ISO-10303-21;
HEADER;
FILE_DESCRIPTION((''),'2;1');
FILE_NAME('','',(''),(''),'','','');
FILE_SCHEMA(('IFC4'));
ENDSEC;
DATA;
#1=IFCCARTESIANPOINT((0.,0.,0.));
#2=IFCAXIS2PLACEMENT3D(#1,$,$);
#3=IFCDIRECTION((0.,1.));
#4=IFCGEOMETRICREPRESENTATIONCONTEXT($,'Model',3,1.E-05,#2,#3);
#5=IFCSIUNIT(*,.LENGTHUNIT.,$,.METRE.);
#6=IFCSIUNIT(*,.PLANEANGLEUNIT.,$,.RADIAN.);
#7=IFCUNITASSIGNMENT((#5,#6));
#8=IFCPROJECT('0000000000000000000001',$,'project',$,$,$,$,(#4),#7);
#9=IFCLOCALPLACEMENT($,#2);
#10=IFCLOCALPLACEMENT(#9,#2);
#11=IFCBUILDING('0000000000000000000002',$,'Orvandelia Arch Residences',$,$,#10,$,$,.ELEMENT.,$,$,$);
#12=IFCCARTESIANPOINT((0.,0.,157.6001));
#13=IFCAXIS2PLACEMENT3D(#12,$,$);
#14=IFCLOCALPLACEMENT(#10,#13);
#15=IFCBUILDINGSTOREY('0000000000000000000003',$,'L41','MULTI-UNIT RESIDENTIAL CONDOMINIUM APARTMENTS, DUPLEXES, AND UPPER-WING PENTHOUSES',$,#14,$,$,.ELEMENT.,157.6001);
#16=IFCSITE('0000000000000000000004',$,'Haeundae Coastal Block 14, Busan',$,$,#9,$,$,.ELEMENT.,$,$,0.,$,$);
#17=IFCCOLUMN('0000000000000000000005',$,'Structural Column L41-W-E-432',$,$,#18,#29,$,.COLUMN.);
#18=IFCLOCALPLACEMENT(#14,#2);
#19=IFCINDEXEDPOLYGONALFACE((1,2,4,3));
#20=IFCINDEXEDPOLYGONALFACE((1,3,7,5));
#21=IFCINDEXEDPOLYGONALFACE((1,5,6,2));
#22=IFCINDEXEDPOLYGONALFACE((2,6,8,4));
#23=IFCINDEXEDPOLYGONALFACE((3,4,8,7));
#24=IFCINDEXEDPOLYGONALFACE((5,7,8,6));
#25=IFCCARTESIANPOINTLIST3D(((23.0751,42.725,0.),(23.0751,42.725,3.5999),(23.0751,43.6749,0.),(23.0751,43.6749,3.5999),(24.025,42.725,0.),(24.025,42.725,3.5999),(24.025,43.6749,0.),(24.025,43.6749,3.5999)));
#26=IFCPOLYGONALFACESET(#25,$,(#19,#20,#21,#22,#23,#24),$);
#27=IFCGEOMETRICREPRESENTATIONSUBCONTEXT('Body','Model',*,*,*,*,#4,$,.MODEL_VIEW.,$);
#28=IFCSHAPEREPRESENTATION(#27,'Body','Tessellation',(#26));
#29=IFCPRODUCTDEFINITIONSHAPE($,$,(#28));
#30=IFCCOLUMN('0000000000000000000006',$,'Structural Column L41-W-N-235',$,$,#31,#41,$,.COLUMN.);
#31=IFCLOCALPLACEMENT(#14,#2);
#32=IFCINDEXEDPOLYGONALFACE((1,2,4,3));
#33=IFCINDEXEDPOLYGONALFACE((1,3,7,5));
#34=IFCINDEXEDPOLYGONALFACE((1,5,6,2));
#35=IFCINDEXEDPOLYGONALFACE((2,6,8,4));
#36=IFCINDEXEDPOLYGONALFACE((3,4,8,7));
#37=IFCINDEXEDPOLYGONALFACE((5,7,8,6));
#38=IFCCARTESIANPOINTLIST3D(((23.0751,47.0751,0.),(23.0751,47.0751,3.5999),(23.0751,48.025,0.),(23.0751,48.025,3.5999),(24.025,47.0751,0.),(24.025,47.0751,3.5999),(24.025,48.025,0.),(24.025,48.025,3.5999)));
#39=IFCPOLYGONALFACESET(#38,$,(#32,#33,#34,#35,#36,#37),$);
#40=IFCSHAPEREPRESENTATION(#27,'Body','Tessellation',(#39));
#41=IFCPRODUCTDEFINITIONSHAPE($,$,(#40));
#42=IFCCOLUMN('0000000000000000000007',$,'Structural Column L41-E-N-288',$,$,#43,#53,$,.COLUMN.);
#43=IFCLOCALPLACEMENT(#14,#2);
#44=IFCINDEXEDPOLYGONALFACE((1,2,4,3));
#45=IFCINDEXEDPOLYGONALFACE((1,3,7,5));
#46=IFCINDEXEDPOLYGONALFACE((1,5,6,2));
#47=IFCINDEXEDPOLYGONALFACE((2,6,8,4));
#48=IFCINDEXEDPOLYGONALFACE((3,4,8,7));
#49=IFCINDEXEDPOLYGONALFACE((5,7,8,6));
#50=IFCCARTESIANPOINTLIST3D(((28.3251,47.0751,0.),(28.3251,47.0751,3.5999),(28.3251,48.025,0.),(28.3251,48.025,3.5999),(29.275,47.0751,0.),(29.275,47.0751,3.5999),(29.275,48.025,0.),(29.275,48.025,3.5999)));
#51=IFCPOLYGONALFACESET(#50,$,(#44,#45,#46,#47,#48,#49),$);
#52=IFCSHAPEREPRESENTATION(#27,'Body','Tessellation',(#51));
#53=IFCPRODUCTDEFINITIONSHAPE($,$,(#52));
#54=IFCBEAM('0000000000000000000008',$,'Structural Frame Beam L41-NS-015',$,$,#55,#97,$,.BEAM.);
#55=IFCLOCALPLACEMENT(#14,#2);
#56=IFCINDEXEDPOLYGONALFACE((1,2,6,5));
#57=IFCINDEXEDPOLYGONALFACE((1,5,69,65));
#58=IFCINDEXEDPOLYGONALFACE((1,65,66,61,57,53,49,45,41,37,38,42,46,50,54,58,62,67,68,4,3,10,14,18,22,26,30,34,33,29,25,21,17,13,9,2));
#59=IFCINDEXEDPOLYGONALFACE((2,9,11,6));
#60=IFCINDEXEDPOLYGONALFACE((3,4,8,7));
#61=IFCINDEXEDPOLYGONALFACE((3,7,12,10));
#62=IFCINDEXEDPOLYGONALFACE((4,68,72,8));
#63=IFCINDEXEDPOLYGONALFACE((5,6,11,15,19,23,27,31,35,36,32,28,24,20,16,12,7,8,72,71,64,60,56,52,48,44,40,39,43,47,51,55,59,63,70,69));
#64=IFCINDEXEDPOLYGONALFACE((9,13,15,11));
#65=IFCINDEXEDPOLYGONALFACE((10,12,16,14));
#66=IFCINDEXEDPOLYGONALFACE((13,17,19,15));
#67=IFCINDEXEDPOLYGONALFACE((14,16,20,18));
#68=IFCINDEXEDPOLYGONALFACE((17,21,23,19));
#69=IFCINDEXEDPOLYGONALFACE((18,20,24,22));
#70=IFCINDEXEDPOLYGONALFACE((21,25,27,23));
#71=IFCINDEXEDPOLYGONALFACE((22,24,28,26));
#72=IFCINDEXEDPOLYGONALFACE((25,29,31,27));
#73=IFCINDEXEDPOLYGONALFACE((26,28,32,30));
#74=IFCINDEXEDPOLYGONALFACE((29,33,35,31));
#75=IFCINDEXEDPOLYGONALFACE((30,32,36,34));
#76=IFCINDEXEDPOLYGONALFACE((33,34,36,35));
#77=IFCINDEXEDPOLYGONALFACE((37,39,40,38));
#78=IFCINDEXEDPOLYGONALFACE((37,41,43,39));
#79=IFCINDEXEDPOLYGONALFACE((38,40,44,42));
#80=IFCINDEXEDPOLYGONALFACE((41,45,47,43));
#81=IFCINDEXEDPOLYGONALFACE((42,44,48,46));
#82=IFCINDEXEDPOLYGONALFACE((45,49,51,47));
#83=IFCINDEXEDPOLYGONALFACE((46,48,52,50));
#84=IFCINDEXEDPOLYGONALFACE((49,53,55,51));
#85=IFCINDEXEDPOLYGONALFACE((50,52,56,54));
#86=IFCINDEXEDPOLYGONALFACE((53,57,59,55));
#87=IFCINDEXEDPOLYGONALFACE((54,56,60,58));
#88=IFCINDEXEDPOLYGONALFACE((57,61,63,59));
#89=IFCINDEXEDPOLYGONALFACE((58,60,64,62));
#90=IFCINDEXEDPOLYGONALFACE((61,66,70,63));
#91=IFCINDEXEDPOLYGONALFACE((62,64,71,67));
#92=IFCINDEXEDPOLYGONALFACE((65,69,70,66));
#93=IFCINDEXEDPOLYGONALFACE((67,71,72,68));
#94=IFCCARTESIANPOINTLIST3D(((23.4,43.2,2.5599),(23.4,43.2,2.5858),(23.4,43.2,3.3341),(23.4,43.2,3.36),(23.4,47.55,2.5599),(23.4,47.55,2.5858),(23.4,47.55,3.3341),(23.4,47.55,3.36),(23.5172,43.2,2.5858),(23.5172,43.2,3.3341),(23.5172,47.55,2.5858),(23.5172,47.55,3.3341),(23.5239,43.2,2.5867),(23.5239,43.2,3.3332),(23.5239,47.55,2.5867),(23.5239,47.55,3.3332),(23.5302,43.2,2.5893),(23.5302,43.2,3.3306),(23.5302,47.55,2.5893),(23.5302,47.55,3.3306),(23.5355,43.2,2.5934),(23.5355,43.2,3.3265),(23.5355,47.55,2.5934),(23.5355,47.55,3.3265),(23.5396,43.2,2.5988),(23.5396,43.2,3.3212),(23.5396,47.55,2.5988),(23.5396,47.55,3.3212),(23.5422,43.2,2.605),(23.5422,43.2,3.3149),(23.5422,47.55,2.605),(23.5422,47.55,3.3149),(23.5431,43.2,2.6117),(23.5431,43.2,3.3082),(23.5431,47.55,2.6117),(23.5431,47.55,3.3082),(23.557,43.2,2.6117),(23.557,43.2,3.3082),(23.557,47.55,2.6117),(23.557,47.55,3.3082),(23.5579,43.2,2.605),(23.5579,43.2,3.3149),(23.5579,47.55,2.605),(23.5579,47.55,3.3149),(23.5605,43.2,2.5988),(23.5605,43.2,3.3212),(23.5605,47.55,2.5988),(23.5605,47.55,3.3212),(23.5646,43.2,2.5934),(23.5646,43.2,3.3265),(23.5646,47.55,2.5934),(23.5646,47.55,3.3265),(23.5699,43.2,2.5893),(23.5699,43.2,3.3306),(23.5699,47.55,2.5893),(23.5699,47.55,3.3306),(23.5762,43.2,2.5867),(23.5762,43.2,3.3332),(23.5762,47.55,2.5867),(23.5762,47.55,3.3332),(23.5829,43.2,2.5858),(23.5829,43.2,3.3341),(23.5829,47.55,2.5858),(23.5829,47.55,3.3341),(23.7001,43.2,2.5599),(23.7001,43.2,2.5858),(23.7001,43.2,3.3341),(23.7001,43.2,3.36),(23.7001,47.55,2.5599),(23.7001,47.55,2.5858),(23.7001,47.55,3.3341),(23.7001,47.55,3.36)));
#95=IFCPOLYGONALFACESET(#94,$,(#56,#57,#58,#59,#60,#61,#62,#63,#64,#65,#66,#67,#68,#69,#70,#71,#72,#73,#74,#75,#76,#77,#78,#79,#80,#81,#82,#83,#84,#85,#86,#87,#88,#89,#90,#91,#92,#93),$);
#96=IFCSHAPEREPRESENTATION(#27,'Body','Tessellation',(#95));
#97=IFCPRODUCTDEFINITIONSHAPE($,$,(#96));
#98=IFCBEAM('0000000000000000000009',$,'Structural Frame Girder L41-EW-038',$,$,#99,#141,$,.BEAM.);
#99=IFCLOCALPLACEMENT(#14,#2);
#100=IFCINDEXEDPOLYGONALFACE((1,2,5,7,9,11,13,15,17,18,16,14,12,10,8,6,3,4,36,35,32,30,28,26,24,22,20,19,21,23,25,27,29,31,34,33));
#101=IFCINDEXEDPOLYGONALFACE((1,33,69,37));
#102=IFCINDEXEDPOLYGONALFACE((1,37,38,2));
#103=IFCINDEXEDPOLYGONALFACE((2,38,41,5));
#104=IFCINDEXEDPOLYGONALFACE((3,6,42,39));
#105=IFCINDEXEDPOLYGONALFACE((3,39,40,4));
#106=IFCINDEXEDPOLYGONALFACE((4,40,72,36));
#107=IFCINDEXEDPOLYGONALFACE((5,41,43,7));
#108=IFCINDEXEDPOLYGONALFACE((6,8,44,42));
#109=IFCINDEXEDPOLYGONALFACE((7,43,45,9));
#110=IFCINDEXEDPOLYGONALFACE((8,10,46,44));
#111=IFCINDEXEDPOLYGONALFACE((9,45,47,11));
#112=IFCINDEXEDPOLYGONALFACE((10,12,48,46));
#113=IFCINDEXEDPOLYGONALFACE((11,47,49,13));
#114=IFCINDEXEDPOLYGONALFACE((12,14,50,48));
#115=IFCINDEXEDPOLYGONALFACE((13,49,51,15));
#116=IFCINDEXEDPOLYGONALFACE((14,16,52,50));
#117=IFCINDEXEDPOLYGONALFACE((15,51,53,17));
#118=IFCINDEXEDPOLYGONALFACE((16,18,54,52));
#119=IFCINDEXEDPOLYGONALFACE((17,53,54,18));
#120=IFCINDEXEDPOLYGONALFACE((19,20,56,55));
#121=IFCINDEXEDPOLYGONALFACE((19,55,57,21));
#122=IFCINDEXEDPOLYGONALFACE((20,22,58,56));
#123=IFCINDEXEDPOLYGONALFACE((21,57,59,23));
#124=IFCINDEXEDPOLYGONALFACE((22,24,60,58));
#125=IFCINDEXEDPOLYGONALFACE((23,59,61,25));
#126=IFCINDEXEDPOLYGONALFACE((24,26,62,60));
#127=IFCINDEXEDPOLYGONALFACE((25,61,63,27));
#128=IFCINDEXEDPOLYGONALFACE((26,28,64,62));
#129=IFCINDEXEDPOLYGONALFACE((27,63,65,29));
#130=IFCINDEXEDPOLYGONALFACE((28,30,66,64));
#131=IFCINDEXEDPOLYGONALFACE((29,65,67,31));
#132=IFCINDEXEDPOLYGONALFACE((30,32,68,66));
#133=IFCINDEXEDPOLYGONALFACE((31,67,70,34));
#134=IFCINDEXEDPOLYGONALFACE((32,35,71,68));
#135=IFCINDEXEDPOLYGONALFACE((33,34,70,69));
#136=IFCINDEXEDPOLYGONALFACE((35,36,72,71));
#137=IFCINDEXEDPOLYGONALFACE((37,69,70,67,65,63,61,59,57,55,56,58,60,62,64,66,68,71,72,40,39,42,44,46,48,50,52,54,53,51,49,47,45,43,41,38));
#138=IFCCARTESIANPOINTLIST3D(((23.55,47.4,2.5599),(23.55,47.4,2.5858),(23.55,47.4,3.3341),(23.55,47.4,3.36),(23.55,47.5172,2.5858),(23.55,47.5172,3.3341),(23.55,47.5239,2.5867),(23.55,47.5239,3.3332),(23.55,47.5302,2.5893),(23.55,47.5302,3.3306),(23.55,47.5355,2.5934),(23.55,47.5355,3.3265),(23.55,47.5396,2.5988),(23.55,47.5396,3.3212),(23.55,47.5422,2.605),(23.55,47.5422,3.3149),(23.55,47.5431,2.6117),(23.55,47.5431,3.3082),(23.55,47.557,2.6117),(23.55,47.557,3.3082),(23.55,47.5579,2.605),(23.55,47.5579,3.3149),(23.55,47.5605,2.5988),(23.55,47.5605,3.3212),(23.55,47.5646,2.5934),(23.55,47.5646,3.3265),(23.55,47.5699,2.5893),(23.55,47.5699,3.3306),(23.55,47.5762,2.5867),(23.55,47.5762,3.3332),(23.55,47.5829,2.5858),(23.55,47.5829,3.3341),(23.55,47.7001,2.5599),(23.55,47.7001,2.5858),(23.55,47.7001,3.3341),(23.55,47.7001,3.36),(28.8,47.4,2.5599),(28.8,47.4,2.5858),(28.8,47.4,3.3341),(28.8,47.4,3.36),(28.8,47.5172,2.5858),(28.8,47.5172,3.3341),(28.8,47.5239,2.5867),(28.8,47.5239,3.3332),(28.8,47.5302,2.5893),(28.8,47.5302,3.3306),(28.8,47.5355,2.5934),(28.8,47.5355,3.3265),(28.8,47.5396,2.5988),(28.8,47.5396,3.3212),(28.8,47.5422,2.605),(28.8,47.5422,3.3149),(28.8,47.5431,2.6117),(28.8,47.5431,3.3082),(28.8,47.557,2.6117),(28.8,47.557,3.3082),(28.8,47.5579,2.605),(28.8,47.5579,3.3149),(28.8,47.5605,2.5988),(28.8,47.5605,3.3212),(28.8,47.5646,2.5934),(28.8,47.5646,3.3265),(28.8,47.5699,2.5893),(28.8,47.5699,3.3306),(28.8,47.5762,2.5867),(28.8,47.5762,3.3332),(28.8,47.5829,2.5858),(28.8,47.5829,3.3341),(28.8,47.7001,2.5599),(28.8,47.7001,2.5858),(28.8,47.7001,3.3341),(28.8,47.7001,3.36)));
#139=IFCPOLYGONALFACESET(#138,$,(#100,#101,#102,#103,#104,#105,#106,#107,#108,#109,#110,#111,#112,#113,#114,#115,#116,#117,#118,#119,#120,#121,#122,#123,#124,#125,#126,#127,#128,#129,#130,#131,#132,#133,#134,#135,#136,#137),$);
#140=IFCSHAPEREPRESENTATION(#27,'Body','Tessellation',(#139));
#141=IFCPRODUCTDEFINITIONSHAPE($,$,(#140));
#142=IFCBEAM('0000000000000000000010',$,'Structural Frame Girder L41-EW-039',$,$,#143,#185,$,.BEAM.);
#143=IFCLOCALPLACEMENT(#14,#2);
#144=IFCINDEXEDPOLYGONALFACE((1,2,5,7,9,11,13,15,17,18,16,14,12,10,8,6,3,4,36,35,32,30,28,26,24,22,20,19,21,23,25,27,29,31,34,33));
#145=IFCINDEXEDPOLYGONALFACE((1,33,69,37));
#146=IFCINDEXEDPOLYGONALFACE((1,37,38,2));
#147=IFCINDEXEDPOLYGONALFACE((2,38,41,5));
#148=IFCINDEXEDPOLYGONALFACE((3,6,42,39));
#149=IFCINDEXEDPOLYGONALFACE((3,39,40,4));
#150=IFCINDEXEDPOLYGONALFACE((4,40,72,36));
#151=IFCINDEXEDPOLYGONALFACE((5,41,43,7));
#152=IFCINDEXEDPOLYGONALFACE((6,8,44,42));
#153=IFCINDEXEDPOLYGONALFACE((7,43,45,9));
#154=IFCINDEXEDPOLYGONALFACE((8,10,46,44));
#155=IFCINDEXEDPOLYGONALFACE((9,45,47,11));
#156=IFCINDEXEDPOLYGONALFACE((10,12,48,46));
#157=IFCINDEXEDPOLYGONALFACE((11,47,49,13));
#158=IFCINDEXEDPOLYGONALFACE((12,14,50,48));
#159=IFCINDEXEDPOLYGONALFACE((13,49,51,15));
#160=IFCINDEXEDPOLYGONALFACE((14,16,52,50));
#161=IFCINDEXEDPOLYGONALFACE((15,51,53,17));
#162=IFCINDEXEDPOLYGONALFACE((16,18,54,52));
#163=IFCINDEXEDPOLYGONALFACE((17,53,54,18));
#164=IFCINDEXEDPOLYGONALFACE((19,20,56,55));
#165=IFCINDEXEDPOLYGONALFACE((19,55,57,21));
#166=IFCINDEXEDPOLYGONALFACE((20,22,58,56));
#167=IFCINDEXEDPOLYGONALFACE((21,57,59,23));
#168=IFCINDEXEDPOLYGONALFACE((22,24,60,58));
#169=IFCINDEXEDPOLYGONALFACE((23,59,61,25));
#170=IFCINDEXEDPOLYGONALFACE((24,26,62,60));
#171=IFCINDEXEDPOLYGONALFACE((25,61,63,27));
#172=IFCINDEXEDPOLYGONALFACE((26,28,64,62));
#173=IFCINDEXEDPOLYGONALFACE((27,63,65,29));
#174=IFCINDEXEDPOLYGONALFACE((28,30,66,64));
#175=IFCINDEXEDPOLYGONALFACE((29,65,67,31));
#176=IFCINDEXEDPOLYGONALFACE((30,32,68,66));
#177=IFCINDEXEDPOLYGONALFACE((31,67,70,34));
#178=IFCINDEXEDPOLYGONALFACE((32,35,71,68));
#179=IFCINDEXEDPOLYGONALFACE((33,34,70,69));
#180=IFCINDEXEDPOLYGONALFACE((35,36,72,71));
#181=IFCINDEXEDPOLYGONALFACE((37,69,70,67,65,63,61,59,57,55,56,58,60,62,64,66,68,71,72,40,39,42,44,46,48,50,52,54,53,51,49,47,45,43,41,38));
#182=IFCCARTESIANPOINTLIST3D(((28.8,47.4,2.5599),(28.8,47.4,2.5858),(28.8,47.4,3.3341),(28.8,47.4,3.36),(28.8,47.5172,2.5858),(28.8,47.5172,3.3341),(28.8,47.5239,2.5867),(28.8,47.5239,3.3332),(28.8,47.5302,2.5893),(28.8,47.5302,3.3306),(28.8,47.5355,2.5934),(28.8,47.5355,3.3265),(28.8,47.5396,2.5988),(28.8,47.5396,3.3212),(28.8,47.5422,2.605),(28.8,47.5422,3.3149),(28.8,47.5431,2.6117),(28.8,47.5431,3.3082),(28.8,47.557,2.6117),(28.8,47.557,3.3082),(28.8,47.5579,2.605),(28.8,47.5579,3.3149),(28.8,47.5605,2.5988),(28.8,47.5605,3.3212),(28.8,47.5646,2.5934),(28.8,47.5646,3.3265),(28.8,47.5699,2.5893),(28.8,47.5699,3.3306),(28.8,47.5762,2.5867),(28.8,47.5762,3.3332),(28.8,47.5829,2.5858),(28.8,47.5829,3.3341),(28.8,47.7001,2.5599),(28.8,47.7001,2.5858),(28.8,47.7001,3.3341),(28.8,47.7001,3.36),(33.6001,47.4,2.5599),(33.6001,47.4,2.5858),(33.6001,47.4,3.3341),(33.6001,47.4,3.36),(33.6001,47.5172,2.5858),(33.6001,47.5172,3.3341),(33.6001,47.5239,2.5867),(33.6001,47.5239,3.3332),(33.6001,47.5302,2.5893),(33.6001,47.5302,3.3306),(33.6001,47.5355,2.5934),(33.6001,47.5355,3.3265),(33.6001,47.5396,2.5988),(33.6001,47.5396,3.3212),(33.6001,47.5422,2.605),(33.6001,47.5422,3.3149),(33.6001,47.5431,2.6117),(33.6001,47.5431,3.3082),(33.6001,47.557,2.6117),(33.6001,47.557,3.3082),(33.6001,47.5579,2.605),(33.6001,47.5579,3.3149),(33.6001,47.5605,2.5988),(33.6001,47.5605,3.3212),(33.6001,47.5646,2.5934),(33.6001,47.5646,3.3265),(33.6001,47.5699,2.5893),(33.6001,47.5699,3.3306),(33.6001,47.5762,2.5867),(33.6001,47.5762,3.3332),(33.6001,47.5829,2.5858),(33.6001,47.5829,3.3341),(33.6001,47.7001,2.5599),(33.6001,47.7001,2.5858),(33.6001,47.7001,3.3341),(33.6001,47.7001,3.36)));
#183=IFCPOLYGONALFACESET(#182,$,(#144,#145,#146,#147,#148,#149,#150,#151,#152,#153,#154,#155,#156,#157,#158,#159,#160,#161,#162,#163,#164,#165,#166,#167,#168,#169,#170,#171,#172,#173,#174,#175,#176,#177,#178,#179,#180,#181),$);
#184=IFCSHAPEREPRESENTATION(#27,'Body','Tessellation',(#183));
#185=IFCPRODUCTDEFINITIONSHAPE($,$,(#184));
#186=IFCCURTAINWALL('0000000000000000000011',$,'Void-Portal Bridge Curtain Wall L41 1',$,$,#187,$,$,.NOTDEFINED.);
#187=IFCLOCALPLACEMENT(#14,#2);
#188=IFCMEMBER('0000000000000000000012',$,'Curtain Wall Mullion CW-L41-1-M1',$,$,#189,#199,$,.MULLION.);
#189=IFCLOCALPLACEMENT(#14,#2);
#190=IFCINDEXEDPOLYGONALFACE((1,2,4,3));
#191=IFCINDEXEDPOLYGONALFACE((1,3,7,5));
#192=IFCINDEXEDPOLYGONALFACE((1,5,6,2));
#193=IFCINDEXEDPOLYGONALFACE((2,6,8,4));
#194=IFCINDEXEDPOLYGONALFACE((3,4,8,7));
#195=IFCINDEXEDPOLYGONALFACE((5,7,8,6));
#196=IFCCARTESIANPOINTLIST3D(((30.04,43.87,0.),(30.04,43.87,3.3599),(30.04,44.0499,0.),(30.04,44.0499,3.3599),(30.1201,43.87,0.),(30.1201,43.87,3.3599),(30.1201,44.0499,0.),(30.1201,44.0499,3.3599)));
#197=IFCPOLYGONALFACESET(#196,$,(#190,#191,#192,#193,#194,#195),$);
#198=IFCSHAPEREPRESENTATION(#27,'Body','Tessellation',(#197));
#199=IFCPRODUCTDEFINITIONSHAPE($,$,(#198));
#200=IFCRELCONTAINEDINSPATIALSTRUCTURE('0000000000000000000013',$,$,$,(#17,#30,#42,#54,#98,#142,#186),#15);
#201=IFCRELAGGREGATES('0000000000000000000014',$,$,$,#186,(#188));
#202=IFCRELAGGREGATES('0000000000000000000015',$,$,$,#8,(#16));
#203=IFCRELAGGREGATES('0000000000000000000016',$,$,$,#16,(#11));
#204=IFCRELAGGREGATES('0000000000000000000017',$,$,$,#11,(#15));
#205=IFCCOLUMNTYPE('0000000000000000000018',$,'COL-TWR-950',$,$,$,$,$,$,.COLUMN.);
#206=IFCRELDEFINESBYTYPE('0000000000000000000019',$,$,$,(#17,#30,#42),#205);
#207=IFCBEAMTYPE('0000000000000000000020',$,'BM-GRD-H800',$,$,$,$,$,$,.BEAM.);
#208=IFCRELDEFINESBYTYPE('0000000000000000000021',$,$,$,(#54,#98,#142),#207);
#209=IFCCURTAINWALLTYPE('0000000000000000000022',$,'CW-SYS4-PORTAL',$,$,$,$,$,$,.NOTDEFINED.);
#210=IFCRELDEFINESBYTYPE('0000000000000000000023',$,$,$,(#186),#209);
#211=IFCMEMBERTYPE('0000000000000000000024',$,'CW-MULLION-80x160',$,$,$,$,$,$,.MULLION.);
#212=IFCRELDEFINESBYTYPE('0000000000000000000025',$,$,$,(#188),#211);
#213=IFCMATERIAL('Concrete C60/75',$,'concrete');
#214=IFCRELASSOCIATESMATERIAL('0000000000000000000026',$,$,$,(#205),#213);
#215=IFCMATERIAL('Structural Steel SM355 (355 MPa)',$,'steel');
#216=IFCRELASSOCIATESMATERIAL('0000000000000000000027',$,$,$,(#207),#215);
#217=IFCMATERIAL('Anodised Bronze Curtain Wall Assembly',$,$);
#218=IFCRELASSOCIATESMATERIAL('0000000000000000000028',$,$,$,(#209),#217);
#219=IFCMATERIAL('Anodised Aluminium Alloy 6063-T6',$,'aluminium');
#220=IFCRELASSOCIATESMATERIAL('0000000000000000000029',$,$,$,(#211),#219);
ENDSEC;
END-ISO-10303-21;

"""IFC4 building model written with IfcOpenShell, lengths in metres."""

from ifc_helpers import new_model, si_unit, direction, frame, origin, origin_2d, place, context, subcontext, project, spatial, rectangle, i_section, extrude, material, material_profile, profile_set, type_object, element, aggregate, save


model = new_model("IFC4")

# Units and contexts
model_context = context("Model", 3, precision=1e-05, world=origin(), true_north=direction((0.0, 1.0)))
body_context = subcontext(model_context, "Body", "Model", "MODEL_VIEW")
ifc_project = project(units=[si_unit("LENGTHUNIT", "METRE"), si_unit("PLANEANGLEUNIT", "RADIAN")], contexts=[model_context])

# Site, building, storey
site_placement = place(None, origin())
site = spatial("IfcSite", under=ifc_project, at=site_placement, Name="Haeundae Coastal Block 14, Busan", CompositionType="ELEMENT", RefElevation=0.0)
building_placement = place(site_placement, origin())
building = spatial("IfcBuilding", under=site, at=building_placement, Name="Orvandelia Arch Residences", CompositionType="ELEMENT")
storey_placement = place(building_placement, frame((0.0, 0.0, 157.6001)))
storey = spatial("IfcBuildingStorey", under=building, at=storey_placement, Name="L41", Description="MULTI-UNIT RESIDENTIAL CONDOMINIUM APARTMENTS, DUPLEXES, AND UPPER-WING PENTHOUSES", CompositionType="ELEMENT", Elevation=157.6001)

# Columns
ifc_material_1 = material(Name="Concrete C60/75", Category="concrete")
ifc_material_profile_1 = material_profile(ifc_material_1, rectangle(XDim=0.95, YDim=0.95, at=origin_2d()), Name="Concrete C60/75", Category="concrete")
ifc_profile_set_1 = profile_set([ifc_material_profile_1], Name="Concrete C60/75")
column_type = type_object("IfcColumnType", Name="COL-TWR-950", PredefinedType="COLUMN", material=ifc_profile_set_1)
for number, where, z_axis, x_axis, name in (
    (1, (23.55, 43.2, 0.0), (0.0, 0.0, 1.0), (1.0, 0.0, 0.0), "Structural Column L41-W-E-432"),
    (2, (23.55, 47.55, 0.0), (0.0, 0.0, 1.0), (1.0, 0.0, 0.0), "Structural Column L41-W-N-235"),
    (3, (28.8, 47.55, 0.0), (0.0, 0.0, 1.0), (1.0, 0.0, 0.0), "Structural Column L41-E-N-288"),
):
    element("IfcColumn", number, at=place(storey_placement, frame(where, z_axis=z_axis, x_axis=x_axis)), inside=storey, type_object=column_type, Name=name, PredefinedType="COLUMN", context=body_context, shape_type="SweptSolid", body=[
        extrude(rectangle(XDim=0.95, YDim=0.95, at=origin_2d()), origin(), (0.0, 0.0, 1.0), 3.5999),
    ])

# Beams
ifc_material_2 = material(Name="Structural Steel SM355 (355 MPa)", Category="steel")
ifc_material_profile_2 = material_profile(ifc_material_2, i_section(OverallWidth=0.3, OverallDepth=0.8, WebThickness=0.0139, FlangeThickness=0.0259, FilletRadius=0.0259, at=origin_2d()), Name="Structural Steel SM355 (355 MPa)", Category="steel")
ifc_profile_set_2 = profile_set([ifc_material_profile_2], Name="Structural Steel SM355 (355 MPa)")
beam_type = type_object("IfcBeamType", Name="BM-GRD-H800", PredefinedType="BEAM", material=ifc_profile_set_2)
beam_1_placement = place(storey_placement, frame((23.55, 43.2, 2.96), z_axis=(0.0, 1.0, 0.0), x_axis=(-1.0, 0.0, 0.0)))
element("IfcBeam", 4, at=beam_1_placement, inside=storey, type_object=beam_type, Name="Structural Frame Beam L41-NS-015", PredefinedType="BEAM", context=body_context, shape_type="SweptSolid", body=[
    extrude(i_section(OverallWidth=0.3, OverallDepth=0.8, WebThickness=0.0139, FlangeThickness=0.0259, FilletRadius=0.0259, at=origin_2d()), origin(), (0.0, 0.0, 1.0), 4.3501),
])
beam_2_placement = place(storey_placement, frame((23.55, 47.55, 2.96), z_axis=(1.0, 0.0, 0.0), x_axis=(0.0, 1.0, 0.0)))
element("IfcBeam", 5, at=beam_2_placement, inside=storey, type_object=beam_type, Name="Structural Frame Girder L41-EW-038", PredefinedType="BEAM", context=body_context, shape_type="SweptSolid", body=[
    extrude(i_section(OverallWidth=0.3, OverallDepth=0.8, WebThickness=0.0139, FlangeThickness=0.0259, FilletRadius=0.0259, at=origin_2d()), origin(), (0.0, 0.0, 1.0), 5.25),
])
beam_3_placement = place(storey_placement, frame((28.8, 47.55, 2.96), z_axis=(1.0, 0.0, 0.0), x_axis=(0.0, 1.0, 0.0)))
element("IfcBeam", 6, at=beam_3_placement, inside=storey, type_object=beam_type, Name="Structural Frame Girder L41-EW-039", PredefinedType="BEAM", context=body_context, shape_type="SweptSolid", body=[
    extrude(i_section(OverallWidth=0.3, OverallDepth=0.8, WebThickness=0.0139, FlangeThickness=0.0259, FilletRadius=0.0259, at=origin_2d()), origin(), (0.0, 0.0, 1.0), 4.8),
])

# Curtain wall, member
ifc_material_3 = material(Name="Anodised Bronze Curtain Wall Assembly")
curtain_wall_type = type_object("IfcCurtainWallType", Name="CW-SYS4-PORTAL", PredefinedType="NOTDEFINED", material=ifc_material_3)
curtain_wall_placement = place(storey_placement, origin())
curtain_wall = element("IfcCurtainWall", 7, at=curtain_wall_placement, inside=storey, type_object=curtain_wall_type, Name="Void-Portal Bridge Curtain Wall L41 1", PredefinedType="NOTDEFINED")
ifc_material_4 = material(Name="Anodised Aluminium Alloy 6063-T6", Category="aluminium")
ifc_material_profile_3 = material_profile(ifc_material_4, rectangle(XDim=0.0801, YDim=0.1799, at=origin_2d()), Name="Anodised Aluminium Alloy 6063-T6", Category="aluminium")
ifc_profile_set_3 = profile_set([ifc_material_profile_3], Name="Anodised Aluminium Alloy 6063-T6")
member_type_1 = type_object("IfcMemberType", Name="CW-MULLION-80x160", PredefinedType="MULLION", material=ifc_profile_set_3)
member_1_placement = place(storey_placement, frame((30.0801, 43.96, 0.0), z_axis=(0.0, 0.0, 1.0), x_axis=(1.0, 0.0, 0.0)))
member_1 = element("IfcMember", 8, at=member_1_placement, type_object=member_type_1, Name="Curtain Wall Mullion CW-L41-1-M1", PredefinedType="MULLION", context=body_context, shape_type="SweptSolid", body=[
    extrude(rectangle(XDim=0.0801, YDim=0.1799, at=origin_2d()), origin(), (0.0, 0.0, 1.0), 3.3599),
])
aggregate(curtain_wall, [member_1])

save(model, "model.ifc")
